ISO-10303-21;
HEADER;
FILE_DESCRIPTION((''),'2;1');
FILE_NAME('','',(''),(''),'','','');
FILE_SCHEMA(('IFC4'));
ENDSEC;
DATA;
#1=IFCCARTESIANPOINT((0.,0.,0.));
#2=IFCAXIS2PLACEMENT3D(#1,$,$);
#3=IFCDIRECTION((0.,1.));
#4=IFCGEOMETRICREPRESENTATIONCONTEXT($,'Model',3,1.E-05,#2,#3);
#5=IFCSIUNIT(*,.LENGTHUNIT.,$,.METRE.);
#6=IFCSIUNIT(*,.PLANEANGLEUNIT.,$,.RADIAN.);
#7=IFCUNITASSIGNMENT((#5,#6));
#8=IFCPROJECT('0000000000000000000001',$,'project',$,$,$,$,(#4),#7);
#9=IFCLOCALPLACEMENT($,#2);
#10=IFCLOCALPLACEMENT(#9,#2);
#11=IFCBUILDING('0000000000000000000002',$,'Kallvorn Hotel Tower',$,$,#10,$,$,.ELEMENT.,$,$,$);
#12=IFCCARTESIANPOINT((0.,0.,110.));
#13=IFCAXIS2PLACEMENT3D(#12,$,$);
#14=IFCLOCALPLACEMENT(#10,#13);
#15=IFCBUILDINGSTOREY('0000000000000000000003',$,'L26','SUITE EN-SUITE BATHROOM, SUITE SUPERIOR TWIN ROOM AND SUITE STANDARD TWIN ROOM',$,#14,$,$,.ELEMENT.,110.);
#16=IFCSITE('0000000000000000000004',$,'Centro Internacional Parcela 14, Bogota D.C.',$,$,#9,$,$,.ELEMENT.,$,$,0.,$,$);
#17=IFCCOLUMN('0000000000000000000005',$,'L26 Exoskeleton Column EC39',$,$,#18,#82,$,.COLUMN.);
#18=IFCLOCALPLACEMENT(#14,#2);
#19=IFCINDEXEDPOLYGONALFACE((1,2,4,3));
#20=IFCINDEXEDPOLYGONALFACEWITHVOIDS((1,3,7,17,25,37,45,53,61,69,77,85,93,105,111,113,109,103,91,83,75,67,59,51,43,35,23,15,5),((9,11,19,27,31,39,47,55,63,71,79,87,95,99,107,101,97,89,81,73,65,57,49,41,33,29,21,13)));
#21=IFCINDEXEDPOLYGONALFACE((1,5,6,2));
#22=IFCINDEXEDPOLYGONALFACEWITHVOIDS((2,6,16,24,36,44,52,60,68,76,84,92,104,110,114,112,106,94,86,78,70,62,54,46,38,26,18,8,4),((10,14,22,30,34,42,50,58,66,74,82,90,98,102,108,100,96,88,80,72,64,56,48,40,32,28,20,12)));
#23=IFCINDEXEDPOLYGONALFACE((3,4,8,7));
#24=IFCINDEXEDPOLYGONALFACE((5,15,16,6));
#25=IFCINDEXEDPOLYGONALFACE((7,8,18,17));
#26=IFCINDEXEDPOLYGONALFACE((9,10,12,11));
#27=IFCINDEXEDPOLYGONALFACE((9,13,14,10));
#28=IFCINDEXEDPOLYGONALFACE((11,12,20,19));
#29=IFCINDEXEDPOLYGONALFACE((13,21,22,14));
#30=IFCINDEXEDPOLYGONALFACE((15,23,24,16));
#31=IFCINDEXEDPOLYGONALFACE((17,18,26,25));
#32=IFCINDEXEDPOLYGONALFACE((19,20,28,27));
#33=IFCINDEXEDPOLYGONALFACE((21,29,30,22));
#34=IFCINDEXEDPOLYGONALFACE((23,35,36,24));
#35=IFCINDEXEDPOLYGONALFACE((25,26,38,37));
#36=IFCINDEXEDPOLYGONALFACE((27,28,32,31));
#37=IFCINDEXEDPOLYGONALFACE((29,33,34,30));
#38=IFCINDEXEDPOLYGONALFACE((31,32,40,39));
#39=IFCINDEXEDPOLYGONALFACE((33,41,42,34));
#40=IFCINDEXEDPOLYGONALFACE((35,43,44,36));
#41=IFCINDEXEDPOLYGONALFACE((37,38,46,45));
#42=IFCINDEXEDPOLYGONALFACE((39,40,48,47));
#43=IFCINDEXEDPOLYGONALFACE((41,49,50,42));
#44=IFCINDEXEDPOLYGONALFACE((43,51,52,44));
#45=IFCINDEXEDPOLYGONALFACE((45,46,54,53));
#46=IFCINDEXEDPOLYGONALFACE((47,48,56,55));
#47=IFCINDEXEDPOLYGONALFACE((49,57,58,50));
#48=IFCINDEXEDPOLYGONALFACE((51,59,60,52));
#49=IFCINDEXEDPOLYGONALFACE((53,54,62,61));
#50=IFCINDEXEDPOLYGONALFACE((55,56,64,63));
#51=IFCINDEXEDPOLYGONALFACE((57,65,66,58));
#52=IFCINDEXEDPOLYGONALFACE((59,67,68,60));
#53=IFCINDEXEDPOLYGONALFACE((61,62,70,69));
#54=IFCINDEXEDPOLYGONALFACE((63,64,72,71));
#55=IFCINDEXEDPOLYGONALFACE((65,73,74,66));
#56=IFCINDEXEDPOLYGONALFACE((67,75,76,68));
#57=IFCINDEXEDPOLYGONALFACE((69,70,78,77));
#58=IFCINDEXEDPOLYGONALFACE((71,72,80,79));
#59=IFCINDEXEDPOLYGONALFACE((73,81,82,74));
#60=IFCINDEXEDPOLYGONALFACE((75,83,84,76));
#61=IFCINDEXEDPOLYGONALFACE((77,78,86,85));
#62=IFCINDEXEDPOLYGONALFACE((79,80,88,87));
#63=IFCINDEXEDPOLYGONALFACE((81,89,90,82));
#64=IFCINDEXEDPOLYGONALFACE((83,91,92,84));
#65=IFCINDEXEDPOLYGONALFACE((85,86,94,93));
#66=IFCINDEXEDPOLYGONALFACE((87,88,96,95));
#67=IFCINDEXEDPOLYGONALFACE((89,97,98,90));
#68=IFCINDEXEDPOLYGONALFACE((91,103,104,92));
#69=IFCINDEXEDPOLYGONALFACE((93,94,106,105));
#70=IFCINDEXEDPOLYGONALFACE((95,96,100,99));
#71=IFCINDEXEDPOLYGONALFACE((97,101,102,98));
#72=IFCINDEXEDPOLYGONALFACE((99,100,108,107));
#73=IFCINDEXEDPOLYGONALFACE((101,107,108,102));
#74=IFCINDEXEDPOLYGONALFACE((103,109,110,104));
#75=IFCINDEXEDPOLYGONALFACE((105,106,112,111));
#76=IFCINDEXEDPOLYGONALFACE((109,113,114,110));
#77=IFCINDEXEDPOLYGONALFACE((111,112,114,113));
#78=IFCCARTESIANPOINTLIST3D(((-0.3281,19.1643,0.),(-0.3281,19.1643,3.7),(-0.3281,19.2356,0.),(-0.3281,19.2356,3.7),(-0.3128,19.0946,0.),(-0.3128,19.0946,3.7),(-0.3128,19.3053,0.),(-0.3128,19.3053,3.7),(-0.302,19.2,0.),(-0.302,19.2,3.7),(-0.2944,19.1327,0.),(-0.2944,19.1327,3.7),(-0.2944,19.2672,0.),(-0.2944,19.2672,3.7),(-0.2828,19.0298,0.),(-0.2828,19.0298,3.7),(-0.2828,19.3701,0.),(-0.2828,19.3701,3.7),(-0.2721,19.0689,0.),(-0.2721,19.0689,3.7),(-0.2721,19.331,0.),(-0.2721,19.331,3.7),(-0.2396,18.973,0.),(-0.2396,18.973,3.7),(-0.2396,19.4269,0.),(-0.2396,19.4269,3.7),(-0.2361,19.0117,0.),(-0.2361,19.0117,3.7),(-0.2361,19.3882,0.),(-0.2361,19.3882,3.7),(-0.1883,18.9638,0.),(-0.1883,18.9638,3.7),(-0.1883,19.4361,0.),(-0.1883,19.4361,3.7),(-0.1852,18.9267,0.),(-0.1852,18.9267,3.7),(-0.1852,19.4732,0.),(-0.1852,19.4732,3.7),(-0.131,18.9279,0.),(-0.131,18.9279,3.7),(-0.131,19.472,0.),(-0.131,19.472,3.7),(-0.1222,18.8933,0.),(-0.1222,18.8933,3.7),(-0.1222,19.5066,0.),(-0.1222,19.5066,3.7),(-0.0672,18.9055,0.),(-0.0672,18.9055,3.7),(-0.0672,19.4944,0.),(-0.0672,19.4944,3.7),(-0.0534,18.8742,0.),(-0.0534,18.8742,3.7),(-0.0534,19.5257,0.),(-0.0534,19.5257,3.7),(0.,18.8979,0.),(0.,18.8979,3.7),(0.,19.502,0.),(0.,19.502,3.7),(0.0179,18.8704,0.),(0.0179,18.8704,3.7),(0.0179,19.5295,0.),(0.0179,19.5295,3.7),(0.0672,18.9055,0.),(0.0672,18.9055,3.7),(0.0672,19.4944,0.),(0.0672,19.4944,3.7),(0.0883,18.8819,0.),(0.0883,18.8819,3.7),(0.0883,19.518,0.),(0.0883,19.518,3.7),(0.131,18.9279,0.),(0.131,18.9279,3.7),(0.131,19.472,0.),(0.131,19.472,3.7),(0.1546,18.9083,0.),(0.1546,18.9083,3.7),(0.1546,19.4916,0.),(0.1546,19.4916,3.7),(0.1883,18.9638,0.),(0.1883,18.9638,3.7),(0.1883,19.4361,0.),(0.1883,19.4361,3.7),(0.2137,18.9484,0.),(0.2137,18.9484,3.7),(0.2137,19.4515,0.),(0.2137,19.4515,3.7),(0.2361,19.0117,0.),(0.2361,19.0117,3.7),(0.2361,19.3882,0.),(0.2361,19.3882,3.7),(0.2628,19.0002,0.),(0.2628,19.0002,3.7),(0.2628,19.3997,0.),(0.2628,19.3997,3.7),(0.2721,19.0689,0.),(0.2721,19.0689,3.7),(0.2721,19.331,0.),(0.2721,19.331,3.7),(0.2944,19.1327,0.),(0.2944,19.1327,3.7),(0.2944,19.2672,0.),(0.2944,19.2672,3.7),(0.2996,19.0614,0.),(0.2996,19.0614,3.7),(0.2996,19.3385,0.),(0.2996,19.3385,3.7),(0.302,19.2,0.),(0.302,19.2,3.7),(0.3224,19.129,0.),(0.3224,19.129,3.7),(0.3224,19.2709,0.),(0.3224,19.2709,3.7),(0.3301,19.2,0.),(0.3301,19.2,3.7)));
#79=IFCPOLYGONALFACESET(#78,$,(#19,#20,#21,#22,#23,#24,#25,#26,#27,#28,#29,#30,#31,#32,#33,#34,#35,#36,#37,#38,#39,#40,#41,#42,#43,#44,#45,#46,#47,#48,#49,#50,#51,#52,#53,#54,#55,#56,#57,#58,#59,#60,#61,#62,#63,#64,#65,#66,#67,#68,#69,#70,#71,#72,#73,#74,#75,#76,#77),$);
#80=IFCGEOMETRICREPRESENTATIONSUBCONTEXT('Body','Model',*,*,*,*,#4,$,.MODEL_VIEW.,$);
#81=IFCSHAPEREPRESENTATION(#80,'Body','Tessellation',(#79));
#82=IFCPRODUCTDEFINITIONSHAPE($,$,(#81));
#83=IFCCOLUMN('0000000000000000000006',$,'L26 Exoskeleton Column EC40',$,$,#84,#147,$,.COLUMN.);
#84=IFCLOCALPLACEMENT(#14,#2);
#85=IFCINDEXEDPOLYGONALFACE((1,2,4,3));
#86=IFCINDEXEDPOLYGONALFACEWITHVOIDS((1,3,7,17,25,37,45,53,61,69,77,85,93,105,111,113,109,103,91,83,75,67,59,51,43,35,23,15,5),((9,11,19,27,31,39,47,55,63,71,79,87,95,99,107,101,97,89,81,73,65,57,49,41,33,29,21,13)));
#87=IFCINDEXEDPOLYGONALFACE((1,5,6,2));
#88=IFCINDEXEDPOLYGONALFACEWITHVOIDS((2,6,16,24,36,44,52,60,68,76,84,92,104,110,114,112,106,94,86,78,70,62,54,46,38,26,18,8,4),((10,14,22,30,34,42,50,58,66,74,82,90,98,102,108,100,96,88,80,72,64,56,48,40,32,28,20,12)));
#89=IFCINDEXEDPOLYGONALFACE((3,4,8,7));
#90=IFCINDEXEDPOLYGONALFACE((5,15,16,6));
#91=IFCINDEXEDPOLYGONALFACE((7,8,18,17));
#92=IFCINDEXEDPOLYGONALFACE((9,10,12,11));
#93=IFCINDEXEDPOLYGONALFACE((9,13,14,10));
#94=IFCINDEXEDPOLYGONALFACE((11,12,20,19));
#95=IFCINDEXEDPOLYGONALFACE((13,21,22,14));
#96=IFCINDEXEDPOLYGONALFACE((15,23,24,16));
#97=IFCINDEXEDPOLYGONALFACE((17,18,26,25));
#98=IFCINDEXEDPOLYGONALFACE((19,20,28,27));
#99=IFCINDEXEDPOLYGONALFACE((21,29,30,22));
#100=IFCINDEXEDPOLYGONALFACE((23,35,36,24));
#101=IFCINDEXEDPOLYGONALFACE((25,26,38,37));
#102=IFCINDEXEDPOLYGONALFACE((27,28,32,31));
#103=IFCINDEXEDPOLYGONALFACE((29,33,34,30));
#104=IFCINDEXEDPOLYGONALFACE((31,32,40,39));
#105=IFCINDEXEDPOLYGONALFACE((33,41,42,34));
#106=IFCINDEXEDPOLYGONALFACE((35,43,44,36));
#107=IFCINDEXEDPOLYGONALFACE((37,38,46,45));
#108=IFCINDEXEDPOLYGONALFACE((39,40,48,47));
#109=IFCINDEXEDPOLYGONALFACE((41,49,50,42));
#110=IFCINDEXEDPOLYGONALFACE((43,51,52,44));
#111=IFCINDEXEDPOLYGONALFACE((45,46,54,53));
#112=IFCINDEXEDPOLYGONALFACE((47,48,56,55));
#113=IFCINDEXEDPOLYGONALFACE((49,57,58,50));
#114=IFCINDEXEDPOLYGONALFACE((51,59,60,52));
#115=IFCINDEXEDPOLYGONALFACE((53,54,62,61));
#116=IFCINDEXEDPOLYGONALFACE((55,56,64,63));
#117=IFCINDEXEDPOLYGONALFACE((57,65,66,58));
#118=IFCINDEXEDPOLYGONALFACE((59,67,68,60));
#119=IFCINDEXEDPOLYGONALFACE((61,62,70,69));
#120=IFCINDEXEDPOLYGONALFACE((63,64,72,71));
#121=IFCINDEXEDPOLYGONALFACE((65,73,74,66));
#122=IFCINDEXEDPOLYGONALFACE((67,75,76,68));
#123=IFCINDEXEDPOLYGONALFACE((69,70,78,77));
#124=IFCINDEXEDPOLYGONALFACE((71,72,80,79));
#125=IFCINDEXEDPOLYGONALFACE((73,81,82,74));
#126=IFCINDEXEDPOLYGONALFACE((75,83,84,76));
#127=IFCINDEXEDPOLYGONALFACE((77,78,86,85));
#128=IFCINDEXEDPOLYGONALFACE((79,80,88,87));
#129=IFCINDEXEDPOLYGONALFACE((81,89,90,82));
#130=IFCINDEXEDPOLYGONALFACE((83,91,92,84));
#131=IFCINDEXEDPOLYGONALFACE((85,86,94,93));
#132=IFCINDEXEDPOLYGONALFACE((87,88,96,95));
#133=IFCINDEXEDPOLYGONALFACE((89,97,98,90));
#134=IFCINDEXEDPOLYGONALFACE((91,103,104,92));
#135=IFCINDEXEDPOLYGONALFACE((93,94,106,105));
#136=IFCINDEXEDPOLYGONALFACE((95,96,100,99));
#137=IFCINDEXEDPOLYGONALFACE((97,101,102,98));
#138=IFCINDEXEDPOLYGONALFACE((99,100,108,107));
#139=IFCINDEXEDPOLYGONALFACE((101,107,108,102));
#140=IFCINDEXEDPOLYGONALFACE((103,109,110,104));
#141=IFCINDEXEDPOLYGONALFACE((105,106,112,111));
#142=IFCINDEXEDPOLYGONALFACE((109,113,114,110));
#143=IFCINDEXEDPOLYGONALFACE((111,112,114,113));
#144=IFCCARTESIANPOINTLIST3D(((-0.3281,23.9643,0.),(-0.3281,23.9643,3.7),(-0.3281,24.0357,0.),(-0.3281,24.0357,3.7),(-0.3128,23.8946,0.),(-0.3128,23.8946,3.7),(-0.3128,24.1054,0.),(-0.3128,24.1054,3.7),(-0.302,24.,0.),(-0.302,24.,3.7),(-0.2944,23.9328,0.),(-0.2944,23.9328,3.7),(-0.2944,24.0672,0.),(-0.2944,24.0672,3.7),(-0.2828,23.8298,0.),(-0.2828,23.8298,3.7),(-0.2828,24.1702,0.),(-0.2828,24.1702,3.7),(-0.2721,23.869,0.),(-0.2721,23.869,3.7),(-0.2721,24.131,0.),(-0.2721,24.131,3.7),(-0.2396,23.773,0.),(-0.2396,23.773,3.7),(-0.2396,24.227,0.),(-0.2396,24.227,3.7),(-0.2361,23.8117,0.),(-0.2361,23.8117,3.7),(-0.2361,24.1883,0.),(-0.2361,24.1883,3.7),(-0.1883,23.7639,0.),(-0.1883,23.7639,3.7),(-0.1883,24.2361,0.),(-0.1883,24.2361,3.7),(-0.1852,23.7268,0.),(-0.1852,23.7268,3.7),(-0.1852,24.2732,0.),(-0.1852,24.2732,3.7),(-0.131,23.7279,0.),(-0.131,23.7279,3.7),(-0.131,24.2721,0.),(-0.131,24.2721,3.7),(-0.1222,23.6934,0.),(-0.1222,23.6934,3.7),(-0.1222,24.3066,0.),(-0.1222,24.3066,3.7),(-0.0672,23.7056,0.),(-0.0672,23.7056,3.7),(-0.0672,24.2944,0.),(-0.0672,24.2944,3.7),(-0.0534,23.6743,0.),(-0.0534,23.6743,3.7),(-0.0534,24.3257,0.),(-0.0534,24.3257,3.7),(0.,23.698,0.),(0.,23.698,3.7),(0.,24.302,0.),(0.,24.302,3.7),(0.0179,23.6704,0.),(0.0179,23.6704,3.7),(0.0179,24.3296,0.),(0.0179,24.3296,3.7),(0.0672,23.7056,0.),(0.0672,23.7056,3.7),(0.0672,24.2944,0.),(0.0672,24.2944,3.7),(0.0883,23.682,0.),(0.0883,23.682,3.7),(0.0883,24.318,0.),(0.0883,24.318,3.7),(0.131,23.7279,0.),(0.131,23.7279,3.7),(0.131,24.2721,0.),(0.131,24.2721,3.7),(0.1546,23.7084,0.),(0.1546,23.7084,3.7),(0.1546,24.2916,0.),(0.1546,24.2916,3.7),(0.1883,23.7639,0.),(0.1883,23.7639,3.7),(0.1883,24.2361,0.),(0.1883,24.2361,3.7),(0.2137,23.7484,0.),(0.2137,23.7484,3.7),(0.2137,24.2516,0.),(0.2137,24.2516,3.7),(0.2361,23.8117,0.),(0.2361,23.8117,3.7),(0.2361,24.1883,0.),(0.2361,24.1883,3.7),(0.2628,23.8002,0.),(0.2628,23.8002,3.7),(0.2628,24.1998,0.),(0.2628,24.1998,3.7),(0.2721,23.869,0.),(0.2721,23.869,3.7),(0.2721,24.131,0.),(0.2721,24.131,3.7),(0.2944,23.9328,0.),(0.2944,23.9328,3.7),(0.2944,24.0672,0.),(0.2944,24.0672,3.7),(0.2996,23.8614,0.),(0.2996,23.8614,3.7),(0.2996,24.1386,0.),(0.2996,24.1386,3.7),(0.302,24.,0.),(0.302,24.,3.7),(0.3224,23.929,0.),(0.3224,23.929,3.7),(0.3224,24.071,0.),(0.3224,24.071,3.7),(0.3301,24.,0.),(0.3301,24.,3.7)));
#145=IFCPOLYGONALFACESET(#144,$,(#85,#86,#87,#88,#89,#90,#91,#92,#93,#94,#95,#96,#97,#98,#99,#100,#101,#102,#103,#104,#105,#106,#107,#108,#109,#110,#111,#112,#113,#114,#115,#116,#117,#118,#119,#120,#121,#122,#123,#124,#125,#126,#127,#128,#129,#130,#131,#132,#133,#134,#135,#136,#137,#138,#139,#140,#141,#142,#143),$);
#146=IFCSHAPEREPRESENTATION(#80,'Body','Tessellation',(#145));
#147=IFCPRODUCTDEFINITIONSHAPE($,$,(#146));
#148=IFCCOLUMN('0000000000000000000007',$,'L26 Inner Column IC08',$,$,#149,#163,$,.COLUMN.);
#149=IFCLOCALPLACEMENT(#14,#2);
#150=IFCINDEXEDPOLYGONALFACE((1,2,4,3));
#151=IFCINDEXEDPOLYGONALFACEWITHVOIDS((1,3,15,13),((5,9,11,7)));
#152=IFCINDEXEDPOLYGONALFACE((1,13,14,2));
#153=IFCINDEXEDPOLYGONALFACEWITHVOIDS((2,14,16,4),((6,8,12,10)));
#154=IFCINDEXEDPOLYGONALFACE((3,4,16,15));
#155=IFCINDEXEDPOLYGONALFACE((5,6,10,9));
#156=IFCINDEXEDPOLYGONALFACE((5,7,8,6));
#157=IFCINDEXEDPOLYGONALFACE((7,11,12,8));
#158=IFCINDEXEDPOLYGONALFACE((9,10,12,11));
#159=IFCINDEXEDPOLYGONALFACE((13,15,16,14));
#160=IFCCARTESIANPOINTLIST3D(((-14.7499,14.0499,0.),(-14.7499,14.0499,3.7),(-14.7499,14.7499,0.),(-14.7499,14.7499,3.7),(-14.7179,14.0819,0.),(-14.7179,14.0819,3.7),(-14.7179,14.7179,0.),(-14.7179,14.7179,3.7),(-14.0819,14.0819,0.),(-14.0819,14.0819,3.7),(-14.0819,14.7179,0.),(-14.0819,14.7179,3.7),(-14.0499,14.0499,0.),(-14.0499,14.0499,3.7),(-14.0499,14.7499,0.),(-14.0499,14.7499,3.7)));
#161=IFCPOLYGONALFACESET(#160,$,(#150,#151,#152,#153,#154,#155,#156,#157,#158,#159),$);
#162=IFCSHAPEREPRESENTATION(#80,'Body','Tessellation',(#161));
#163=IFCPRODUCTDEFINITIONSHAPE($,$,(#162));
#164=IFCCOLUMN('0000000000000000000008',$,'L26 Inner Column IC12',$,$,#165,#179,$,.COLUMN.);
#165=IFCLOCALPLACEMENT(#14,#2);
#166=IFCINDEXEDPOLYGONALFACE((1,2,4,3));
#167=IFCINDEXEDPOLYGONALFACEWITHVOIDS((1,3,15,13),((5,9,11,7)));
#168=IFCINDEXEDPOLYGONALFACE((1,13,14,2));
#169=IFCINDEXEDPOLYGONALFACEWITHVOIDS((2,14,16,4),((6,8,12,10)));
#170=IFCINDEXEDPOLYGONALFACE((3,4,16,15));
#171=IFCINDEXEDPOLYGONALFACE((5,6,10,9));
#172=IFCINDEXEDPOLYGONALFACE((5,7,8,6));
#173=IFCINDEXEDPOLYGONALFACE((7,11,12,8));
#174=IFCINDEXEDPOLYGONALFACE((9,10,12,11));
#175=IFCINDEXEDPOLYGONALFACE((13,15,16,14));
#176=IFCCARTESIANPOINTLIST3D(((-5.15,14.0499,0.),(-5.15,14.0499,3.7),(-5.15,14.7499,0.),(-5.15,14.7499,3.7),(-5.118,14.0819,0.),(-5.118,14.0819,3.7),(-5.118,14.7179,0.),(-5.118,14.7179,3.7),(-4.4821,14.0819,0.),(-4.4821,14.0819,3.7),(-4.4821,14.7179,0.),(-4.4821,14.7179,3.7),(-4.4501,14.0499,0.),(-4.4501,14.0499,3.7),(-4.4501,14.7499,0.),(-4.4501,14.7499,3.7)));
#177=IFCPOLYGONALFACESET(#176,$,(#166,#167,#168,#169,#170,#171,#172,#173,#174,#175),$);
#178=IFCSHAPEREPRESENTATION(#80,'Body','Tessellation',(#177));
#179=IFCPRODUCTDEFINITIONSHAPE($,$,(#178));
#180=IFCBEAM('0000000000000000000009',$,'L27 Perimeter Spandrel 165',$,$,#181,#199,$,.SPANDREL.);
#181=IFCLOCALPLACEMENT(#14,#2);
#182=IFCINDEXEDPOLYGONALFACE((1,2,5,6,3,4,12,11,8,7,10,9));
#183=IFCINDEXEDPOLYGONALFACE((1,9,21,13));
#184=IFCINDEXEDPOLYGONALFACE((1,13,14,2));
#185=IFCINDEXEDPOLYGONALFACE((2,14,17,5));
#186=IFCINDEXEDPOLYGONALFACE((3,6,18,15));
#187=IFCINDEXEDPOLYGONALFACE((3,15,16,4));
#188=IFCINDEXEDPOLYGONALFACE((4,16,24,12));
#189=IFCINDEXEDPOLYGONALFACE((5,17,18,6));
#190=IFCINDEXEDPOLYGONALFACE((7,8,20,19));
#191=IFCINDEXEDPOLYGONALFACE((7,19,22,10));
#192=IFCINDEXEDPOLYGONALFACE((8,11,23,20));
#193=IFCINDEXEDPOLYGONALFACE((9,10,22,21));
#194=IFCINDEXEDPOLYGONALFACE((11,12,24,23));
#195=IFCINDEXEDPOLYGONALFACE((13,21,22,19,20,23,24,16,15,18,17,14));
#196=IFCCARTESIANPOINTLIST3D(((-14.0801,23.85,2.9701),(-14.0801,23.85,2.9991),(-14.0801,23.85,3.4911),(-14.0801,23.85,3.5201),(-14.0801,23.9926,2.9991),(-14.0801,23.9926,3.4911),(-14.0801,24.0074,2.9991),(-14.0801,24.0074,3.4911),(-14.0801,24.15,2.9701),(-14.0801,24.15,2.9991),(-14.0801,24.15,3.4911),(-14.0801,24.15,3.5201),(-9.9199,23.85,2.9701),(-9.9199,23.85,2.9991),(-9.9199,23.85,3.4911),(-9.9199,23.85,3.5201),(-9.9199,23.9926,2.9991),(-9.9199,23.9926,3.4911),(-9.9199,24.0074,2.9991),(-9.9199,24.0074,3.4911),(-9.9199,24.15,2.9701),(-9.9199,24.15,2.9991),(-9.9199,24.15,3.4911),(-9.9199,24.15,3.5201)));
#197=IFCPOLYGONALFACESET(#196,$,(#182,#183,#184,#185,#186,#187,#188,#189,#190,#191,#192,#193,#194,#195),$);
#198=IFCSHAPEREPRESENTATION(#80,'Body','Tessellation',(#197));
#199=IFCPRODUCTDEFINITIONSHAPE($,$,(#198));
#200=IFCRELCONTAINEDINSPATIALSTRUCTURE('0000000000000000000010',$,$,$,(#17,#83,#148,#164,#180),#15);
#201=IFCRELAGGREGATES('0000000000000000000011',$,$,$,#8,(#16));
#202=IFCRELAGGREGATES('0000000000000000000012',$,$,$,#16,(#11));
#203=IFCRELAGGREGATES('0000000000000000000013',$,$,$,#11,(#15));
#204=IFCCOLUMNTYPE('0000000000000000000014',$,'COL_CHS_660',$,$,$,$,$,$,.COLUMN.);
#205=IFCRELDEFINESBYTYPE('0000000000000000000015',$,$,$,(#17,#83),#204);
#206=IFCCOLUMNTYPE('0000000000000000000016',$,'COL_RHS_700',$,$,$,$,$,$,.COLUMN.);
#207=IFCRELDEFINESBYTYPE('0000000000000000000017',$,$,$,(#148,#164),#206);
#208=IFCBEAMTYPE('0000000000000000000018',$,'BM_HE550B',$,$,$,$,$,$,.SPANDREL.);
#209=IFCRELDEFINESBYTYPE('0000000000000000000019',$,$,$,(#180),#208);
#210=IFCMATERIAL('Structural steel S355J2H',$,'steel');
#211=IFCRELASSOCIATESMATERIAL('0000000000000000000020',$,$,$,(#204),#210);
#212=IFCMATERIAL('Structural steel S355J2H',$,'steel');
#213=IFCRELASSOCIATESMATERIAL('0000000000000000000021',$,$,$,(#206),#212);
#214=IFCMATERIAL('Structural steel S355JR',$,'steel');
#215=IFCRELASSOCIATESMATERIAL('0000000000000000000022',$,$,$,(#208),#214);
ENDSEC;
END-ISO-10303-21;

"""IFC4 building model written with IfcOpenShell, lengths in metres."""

from ifc_helpers import new_model, si_unit, direction, frame, origin, origin_2d, place, context, subcontext, project, spatial, hollow_rectangle, hollow_circle, i_section, extrude, material, material_profile, profile_set, type_object, element, save


model = new_model("IFC4")

# Units and contexts
model_context = context("Model", 3, precision=1e-05, world=origin(), true_north=direction((0.0, 1.0)))
body_context = subcontext(model_context, "Body", "Model", "MODEL_VIEW")
ifc_project = project(units=[si_unit("LENGTHUNIT", "METRE"), si_unit("PLANEANGLEUNIT", "RADIAN")], contexts=[model_context])

# Site, building, storey
site_placement = place(None, origin())
site = spatial("IfcSite", under=ifc_project, at=site_placement, Name="Centro Internacional Parcela 14, Bogota D.C.", CompositionType="ELEMENT", RefElevation=0.0)
building_placement = place(site_placement, origin())
building = spatial("IfcBuilding", under=site, at=building_placement, Name="Kallvorn Hotel Tower", CompositionType="ELEMENT")
storey_placement = place(building_placement, frame((0.0, 0.0, 110.0)))
storey = spatial("IfcBuildingStorey", under=building, at=storey_placement, Name="L26", Description="SUITE EN-SUITE BATHROOM, SUITE SUPERIOR TWIN ROOM AND SUITE STANDARD TWIN ROOM", CompositionType="ELEMENT", Elevation=110.0)

# Columns
ifc_material_1 = material(Name="Structural steel S355J2H", Category="steel")
ifc_material_profile_1 = material_profile(ifc_material_1, hollow_circle(Radius=0.3301, WallThickness=0.0281, at=origin_2d()), Name="CHS 660x28")
ifc_profile_set_1 = profile_set([ifc_material_profile_1], Name="Structural steel S355J2H")
column_type_1 = type_object("IfcColumnType", Name="COL_CHS_660", PredefinedType="COLUMN", material=ifc_profile_set_1)
for number, where, z_axis, x_axis, name in (
    (1, (0.0, 19.2, 0.0), (0.0, 0.0, 1.0), (1.0, 0.0, 0.0), "L26 Exoskeleton Column EC39"),
    (2, (0.0, 24.0, 0.0), (0.0, 0.0, 1.0), (1.0, 0.0, 0.0), "L26 Exoskeleton Column EC40"),
):
    element("IfcColumn", number, at=place(storey_placement, frame(where, z_axis=z_axis, x_axis=x_axis)), inside=storey, type_object=column_type_1, Name=name, PredefinedType="COLUMN", context=body_context, shape_type="SweptSolid", body=[
        extrude(hollow_circle(Radius=0.3301, WallThickness=0.0281, at=origin_2d()), origin(), (0.0, 0.0, 1.0), 3.7),
    ])
ifc_material_2 = material(Name="Structural steel S355J2H", Category="steel")
ifc_material_profile_2 = material_profile(ifc_material_2, hollow_rectangle(XDim=0.7, YDim=0.7, WallThickness=0.032, at=origin_2d()), Name="RHS 700x700x32")
ifc_profile_set_2 = profile_set([ifc_material_profile_2], Name="Structural steel S355J2H")
column_type_2 = type_object("IfcColumnType", Name="COL_RHS_700", PredefinedType="COLUMN", material=ifc_profile_set_2)
for number, where, z_axis, x_axis, name in (
    (3, (-14.3999, 14.3999, 0.0), (0.0, 0.0, 1.0), (1.0, 0.0, 0.0), "L26 Inner Column IC08"),
    (4, (-4.8, 14.3999, 0.0), (0.0, 0.0, 1.0), (1.0, 0.0, 0.0), "L26 Inner Column IC12"),
):
    element("IfcColumn", number, at=place(storey_placement, frame(where, z_axis=z_axis, x_axis=x_axis)), inside=storey, type_object=column_type_2, Name=name, PredefinedType="COLUMN", context=body_context, shape_type="SweptSolid", body=[
        extrude(hollow_rectangle(XDim=0.7, YDim=0.7, WallThickness=0.032, at=origin_2d()), origin(), (0.0, 0.0, 1.0), 3.7),
    ])

# Beam
ifc_material_3 = material(Name="Structural steel S355JR", Category="steel")
ifc_material_profile_3 = material_profile(ifc_material_3, i_section(OverallWidth=0.3, OverallDepth=0.55, WebThickness=0.0149, FlangeThickness=0.0291, at=origin_2d()), Name="HE 550 B")
ifc_profile_set_3 = profile_set([ifc_material_profile_3], Name="Structural steel S355JR")
beam_type_1 = type_object("IfcBeamType", Name="BM_HE550B", PredefinedType="SPANDREL", material=ifc_profile_set_3)
beam_1_placement = place(storey_placement, frame((-14.0801, 24.0, 3.2451), z_axis=(1.0, 0.0, 0.0), x_axis=(0.0, 1.0, 0.0)))
element("IfcBeam", 5, at=beam_1_placement, inside=storey, type_object=beam_type_1, Name="L27 Perimeter Spandrel 165", PredefinedType="SPANDREL", context=body_context, shape_type="SweptSolid", body=[
    extrude(i_section(OverallWidth=0.3, OverallDepth=0.55, WebThickness=0.0149, FlangeThickness=0.0291, at=origin_2d()), origin(), (0.0, 0.0, 1.0), 4.1602),
])

save(model, "model.ifc")
